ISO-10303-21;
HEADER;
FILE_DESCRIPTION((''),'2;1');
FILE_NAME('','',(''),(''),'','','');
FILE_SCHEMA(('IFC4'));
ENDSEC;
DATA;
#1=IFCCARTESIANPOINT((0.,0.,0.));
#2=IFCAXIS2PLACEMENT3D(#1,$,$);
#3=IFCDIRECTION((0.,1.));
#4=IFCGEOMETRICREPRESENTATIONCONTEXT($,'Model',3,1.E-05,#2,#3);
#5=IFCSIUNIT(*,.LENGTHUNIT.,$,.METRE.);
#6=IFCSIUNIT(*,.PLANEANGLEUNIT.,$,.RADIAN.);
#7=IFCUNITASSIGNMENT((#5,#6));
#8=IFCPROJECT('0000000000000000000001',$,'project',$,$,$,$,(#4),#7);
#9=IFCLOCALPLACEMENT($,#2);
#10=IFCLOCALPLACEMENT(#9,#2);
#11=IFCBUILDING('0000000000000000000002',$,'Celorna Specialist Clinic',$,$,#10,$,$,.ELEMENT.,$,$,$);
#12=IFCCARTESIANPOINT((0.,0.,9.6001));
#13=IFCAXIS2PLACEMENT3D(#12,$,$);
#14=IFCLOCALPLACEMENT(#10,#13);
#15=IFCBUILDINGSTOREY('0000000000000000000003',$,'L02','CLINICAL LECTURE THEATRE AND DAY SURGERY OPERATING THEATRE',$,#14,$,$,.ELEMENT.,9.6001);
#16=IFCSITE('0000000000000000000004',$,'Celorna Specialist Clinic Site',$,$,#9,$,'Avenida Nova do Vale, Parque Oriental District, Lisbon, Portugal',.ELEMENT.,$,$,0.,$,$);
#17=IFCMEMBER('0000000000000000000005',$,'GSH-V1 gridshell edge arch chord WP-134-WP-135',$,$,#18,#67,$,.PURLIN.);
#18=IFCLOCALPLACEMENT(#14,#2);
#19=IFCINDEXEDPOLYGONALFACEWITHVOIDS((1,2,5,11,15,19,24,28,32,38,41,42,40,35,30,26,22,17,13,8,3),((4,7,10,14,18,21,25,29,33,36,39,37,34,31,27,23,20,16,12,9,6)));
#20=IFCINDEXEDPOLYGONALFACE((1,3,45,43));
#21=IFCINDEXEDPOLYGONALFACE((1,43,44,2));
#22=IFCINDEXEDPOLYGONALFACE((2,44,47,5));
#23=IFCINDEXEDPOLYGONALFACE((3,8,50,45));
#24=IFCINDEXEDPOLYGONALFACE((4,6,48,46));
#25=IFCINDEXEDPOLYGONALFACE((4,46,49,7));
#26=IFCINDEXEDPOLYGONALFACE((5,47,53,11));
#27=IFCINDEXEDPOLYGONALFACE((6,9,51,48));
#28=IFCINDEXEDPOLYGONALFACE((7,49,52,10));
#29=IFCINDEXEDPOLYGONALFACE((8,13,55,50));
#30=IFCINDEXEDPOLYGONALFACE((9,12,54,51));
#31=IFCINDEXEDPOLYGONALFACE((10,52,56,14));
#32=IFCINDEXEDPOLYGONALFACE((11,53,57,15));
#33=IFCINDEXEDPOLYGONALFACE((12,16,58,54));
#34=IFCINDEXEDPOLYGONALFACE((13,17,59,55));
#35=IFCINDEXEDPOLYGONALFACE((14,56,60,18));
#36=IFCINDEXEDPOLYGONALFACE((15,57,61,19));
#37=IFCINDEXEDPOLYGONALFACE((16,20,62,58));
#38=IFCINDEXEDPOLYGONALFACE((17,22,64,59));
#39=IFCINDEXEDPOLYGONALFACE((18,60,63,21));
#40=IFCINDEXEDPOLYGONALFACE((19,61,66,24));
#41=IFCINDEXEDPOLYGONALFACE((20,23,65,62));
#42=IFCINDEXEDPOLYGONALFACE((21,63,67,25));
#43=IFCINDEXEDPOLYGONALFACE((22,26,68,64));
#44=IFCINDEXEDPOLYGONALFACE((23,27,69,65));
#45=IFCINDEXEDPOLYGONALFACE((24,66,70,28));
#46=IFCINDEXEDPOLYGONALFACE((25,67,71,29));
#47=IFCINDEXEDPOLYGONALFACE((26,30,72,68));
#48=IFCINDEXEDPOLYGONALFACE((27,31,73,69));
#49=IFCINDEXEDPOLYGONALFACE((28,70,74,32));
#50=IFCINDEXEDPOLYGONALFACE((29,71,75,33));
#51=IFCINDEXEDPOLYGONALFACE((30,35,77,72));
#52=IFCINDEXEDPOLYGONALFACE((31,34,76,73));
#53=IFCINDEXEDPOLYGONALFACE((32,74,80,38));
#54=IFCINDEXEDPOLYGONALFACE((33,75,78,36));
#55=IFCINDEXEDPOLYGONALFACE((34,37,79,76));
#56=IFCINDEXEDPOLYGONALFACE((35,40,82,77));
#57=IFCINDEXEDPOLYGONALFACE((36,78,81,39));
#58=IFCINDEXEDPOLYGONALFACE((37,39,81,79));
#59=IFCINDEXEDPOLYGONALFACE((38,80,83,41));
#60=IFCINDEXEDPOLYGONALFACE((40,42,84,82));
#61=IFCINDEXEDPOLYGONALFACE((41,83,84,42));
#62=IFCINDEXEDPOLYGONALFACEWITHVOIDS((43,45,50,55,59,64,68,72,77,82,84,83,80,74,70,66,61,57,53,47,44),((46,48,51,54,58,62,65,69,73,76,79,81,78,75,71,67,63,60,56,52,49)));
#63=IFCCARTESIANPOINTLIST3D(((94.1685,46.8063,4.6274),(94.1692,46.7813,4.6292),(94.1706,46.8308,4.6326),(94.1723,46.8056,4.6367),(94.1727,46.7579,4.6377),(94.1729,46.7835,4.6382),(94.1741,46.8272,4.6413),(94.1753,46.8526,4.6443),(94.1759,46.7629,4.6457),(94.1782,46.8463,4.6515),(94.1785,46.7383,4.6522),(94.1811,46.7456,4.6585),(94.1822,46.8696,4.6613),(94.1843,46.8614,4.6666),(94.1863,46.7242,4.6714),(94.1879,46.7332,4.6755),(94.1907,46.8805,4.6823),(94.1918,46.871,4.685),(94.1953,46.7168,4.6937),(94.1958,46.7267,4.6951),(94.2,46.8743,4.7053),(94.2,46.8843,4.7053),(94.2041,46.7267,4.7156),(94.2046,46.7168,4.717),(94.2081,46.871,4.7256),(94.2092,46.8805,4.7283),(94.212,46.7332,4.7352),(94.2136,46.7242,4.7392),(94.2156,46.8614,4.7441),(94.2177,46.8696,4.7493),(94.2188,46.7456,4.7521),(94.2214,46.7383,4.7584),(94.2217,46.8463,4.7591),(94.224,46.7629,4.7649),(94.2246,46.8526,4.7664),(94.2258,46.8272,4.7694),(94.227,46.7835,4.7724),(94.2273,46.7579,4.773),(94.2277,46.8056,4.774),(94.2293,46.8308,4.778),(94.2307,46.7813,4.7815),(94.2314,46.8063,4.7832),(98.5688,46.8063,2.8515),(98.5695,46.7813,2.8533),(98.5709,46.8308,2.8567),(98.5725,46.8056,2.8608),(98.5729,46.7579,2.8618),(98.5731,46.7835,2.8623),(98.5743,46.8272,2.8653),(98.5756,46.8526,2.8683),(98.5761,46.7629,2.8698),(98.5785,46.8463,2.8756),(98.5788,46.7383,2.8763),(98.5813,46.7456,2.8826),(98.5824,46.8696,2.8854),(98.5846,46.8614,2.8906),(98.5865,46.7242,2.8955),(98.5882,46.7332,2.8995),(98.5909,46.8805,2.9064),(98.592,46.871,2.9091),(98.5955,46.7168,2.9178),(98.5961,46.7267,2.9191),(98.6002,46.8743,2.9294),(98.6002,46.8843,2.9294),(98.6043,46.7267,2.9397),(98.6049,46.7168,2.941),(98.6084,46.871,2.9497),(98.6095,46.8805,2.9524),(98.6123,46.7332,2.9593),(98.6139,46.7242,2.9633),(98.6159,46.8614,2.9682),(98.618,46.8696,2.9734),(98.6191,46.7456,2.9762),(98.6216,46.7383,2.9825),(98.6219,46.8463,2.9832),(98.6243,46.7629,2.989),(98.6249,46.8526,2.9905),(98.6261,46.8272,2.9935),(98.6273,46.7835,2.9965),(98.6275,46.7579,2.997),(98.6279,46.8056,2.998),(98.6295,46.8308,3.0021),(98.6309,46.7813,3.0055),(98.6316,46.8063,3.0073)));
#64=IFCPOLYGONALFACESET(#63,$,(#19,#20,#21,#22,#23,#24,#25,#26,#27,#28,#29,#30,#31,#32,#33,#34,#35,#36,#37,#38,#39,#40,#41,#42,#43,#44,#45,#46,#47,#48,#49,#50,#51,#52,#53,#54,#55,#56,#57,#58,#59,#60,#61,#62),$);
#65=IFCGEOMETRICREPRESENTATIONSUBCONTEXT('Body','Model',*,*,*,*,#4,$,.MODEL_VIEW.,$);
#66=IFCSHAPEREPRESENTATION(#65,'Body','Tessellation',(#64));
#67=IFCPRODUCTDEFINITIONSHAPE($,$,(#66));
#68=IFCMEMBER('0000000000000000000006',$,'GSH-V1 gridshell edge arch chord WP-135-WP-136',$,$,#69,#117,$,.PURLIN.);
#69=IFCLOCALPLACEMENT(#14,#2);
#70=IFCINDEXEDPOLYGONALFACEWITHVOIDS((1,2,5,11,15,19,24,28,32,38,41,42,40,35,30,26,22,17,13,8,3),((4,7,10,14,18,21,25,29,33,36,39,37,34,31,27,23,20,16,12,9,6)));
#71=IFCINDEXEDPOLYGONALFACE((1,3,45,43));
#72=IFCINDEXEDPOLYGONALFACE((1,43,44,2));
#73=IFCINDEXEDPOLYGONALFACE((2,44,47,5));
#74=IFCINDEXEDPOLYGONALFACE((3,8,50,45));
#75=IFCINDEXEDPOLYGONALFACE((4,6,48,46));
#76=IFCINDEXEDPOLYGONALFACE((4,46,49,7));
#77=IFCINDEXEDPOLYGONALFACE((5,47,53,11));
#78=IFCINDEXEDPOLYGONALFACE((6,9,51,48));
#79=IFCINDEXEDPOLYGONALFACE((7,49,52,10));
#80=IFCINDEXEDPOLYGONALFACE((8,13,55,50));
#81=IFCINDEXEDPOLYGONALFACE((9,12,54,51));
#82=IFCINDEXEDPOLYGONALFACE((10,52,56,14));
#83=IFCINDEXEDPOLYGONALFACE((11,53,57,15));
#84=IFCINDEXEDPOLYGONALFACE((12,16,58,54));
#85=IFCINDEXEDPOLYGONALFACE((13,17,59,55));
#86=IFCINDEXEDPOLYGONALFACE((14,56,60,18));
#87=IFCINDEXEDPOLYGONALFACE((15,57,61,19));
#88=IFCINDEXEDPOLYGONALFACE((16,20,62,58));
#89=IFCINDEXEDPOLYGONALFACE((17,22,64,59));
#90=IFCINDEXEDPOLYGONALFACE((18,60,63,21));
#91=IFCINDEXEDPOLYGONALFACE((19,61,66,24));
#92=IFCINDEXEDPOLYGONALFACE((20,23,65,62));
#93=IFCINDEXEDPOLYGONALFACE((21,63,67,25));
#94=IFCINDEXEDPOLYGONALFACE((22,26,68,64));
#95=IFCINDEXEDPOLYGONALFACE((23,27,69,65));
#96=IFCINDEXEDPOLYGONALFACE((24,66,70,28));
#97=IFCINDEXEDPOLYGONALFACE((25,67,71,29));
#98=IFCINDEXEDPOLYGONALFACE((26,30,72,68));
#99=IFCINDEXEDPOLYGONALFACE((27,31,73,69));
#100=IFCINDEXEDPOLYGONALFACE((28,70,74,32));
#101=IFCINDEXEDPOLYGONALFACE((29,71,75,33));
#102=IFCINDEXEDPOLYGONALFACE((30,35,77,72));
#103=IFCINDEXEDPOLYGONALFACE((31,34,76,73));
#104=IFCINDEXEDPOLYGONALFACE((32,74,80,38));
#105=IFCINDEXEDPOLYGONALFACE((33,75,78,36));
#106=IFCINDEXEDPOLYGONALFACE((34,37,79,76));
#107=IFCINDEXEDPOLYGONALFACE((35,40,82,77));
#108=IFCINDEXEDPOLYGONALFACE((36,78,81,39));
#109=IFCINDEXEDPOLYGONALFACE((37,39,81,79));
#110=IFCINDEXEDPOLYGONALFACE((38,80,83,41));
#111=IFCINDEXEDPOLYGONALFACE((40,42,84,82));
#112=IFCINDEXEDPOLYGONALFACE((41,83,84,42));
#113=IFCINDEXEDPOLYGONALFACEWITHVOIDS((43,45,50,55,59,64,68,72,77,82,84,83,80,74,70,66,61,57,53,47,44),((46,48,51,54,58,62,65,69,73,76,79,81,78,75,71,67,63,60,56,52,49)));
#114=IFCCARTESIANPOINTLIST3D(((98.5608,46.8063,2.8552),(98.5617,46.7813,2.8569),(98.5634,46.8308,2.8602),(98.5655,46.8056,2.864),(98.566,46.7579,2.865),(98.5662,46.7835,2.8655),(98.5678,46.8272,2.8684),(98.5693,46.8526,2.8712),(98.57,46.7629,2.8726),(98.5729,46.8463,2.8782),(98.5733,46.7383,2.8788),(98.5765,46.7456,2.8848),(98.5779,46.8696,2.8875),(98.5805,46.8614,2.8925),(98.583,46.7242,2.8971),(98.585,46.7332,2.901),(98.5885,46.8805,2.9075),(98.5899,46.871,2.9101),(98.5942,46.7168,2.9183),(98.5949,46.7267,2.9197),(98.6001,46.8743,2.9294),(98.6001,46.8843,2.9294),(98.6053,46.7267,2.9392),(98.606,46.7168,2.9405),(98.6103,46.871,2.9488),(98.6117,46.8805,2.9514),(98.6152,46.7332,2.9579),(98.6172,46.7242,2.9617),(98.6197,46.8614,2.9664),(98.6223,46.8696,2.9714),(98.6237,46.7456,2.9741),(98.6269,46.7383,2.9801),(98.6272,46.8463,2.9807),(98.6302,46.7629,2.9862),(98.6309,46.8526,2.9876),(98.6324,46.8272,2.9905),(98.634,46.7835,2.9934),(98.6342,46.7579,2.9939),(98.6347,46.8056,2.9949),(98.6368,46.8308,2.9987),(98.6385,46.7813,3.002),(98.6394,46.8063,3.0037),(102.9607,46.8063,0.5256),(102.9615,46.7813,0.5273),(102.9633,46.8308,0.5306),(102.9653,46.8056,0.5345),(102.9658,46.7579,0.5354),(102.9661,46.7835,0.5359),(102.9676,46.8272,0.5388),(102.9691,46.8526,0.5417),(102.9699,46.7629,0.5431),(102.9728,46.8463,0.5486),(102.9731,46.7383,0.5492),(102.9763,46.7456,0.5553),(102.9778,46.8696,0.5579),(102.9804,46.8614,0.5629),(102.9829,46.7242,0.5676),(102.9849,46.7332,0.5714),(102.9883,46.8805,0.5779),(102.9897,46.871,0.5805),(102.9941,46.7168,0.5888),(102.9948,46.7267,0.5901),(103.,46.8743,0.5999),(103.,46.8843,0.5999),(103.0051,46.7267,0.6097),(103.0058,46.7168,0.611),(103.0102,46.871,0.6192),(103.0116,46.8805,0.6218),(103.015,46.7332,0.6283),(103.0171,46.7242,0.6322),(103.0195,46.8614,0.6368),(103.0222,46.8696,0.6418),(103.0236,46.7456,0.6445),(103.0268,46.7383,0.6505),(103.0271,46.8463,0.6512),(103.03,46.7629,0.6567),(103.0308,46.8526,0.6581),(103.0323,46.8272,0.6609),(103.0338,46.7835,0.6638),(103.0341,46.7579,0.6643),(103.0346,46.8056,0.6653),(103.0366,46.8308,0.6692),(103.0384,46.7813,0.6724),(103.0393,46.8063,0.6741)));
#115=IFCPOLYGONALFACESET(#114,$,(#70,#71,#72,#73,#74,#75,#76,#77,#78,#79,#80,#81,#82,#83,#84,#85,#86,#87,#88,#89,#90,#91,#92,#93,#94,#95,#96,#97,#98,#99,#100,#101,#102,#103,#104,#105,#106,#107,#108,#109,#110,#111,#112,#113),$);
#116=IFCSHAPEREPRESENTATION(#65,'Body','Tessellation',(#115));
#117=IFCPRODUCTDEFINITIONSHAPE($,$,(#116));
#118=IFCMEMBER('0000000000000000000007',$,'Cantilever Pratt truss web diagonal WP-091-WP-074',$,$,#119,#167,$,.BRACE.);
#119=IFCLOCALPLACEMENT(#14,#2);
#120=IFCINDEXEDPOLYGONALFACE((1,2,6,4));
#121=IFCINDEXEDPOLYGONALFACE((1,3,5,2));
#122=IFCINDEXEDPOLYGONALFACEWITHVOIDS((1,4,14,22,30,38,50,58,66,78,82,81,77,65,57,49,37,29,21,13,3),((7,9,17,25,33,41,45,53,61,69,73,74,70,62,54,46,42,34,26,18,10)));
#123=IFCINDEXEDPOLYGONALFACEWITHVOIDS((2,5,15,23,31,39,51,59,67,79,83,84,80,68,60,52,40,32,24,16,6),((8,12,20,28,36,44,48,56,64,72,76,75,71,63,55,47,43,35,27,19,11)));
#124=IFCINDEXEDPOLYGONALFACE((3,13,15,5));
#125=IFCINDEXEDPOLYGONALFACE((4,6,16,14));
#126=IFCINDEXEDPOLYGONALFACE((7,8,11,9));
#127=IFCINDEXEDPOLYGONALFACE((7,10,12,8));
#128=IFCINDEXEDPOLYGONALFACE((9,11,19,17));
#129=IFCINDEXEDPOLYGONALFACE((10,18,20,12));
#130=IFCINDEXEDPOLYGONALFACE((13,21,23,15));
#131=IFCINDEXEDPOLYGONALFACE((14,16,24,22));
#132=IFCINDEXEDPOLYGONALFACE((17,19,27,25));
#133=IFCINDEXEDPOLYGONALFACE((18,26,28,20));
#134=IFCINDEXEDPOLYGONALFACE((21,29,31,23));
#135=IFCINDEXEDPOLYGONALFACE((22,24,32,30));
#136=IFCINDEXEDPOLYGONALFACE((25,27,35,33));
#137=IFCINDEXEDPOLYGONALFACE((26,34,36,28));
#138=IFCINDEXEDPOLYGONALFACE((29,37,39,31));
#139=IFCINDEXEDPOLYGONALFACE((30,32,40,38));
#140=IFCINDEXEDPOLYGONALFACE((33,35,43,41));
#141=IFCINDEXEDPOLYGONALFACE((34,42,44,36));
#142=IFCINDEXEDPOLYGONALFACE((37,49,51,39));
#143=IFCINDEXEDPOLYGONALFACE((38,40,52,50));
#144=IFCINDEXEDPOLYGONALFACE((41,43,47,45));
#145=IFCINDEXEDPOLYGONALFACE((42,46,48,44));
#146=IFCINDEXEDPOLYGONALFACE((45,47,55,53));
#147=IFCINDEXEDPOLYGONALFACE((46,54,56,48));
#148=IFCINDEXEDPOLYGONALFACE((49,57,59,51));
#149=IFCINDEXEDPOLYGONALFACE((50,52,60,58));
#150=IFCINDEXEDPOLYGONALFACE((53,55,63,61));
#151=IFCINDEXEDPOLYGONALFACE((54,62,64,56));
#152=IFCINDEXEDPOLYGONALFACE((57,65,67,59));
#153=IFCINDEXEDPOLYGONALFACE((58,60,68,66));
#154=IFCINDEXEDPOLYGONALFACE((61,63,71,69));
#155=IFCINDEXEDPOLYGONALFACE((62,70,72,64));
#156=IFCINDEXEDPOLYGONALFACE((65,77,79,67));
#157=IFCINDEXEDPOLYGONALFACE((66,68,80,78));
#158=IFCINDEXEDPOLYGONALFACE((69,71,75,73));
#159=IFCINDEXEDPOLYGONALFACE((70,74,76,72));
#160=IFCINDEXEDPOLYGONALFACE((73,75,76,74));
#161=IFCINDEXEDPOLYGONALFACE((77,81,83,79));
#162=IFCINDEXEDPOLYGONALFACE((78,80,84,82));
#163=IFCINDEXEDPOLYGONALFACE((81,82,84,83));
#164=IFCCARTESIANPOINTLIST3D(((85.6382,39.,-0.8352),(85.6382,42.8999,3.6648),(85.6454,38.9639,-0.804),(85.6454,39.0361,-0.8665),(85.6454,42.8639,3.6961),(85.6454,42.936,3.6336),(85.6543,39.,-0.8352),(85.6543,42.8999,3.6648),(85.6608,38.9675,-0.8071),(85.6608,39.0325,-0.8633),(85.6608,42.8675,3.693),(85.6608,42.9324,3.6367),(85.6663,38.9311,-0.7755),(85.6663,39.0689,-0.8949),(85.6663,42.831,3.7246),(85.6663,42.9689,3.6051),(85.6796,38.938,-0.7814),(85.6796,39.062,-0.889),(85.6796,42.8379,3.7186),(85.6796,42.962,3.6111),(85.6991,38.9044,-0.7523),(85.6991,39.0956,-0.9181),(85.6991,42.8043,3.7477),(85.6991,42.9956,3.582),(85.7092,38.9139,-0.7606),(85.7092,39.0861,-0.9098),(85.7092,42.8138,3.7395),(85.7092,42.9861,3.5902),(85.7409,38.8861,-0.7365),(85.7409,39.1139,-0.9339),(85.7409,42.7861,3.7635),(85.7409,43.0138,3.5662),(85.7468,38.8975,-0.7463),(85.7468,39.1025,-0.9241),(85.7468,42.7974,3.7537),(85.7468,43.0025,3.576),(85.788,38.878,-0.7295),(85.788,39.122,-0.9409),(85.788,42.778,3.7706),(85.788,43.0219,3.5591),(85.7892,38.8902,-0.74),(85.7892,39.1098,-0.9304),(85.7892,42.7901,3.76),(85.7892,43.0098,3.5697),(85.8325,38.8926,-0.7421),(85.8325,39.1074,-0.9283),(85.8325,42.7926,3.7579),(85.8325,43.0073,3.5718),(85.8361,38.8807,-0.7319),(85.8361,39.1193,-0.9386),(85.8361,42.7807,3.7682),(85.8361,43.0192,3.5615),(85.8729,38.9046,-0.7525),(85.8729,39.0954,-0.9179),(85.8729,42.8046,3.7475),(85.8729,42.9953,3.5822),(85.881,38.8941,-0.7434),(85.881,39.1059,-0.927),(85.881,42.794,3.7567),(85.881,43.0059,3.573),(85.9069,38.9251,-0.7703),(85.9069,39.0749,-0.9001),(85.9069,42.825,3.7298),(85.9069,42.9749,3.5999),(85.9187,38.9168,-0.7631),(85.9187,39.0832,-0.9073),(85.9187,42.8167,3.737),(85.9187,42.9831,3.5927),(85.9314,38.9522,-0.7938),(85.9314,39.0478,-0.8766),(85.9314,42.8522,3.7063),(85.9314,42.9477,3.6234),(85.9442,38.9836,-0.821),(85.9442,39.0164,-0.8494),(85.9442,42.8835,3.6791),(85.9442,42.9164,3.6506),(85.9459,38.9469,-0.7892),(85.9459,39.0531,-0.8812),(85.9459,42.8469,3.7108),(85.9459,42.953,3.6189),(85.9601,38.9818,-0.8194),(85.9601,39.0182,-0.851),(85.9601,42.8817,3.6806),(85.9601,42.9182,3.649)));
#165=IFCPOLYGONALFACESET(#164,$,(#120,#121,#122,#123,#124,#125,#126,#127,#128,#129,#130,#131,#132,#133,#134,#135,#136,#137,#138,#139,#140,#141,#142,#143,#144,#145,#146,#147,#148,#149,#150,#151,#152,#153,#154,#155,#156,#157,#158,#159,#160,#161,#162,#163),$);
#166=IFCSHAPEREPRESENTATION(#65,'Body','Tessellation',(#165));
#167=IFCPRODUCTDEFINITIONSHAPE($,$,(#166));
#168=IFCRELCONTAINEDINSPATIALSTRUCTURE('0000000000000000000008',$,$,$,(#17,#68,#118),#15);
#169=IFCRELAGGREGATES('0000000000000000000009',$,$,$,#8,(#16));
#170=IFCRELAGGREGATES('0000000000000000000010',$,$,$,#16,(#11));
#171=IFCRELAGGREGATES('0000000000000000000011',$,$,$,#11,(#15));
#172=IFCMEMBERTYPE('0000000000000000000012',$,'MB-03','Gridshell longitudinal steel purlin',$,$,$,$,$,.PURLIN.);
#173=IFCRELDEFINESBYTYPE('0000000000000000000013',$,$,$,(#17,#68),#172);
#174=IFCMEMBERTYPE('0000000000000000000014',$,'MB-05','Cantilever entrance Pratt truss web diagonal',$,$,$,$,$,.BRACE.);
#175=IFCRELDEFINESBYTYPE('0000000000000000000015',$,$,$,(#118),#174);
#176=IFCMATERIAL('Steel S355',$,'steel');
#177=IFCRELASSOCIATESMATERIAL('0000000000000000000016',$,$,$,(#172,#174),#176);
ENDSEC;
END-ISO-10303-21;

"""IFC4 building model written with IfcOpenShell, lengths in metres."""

from ifc_helpers import new_model, si_unit, direction, frame, origin, origin_2d, place, context, subcontext, project, spatial, hollow_circle, extrude, material, material_profile, profile_set, type_object, element, save


model = new_model("IFC4")

# Units and contexts
model_context = context("Model", 3, precision=1e-05, world=origin(), true_north=direction((0.0, 1.0)))
body_context = subcontext(model_context, "Body", "Model", "MODEL_VIEW")
ifc_project = project(units=[si_unit("LENGTHUNIT", "METRE"), si_unit("PLANEANGLEUNIT", "RADIAN")], contexts=[model_context])

# Site, building, storey
site_placement = place(None, origin())
site = spatial("IfcSite", under=ifc_project, at=site_placement, Name="Celorna Specialist Clinic Site", LongName="Avenida Nova do Vale, Parque Oriental District, Lisbon, Portugal", CompositionType="ELEMENT", RefElevation=0.0)
building_placement = place(site_placement, origin())
building = spatial("IfcBuilding", under=site, at=building_placement, Name="Celorna Specialist Clinic", CompositionType="ELEMENT")
storey_placement = place(building_placement, frame((0.0, 0.0, 9.6001)))
storey = spatial("IfcBuildingStorey", under=building, at=storey_placement, Name="L02", Description="CLINICAL LECTURE THEATRE AND DAY SURGERY OPERATING THEATRE", CompositionType="ELEMENT", Elevation=9.6001)

# Shared definitions
ifc_material_1 = material(Name="Steel S355", Category="steel")

# Members
ifc_material_profile_1 = material_profile(ifc_material_1, hollow_circle(Radius=0.0842, WallThickness=0.01, at=origin_2d()), Name="CHS 168.3x10")
ifc_profile_set_1 = profile_set([ifc_material_profile_1], Name="Steel S355")
member_type_1 = type_object("IfcMemberType", Name="MB-03", Description="Gridshell longitudinal steel purlin", PredefinedType="PURLIN", material=ifc_profile_set_1)
member_1_placement = place(storey_placement, frame((94.2, 46.8, 4.7053), z_axis=(0.927323, 0.0, -0.374263), x_axis=(0.0, 1.0, 0.0)))
element("IfcMember", 1, at=member_1_placement, inside=storey, type_object=member_type_1, Name="GSH-V1 gridshell edge arch chord WP-134-WP-135", PredefinedType="PURLIN", context=body_context, shape_type="SweptSolid", body=[
    extrude(hollow_circle(Radius=0.0842, WallThickness=0.01, at=origin_2d()), origin(), (0.0, 0.0, 1.0), 4.7451),
])
member_2_placement = place(storey_placement, frame((98.6001, 46.8, 2.9294), z_axis=(0.883769, 0.0, -0.467924), x_axis=(0.0, 1.0, 0.0)))
element("IfcMember", 2, at=member_2_placement, inside=storey, type_object=member_type_1, Name="GSH-V1 gridshell edge arch chord WP-135-WP-136", PredefinedType="PURLIN", context=body_context, shape_type="SweptSolid", body=[
    extrude(hollow_circle(Radius=0.0842, WallThickness=0.01, at=origin_2d()), origin(), (0.0, 0.0, 1.0), 4.9785),
])
ifc_material_profile_2 = material_profile(ifc_material_1, hollow_circle(Radius=0.1619, WallThickness=0.0161, at=origin_2d()), Name="CHS 323.9x16")
ifc_profile_set_2 = profile_set([ifc_material_profile_2], Name="Steel S355")
member_type_2 = type_object("IfcMemberType", Name="MB-05", Description="Cantilever entrance Pratt truss web diagonal", PredefinedType="BRACE", material=ifc_profile_set_2)
member_3_placement = place(storey_placement, frame((85.8, 39.0, -0.8352), z_axis=(0.0, 0.654921, 0.755697), x_axis=(-1.0, 0.0, 0.0)))
element("IfcMember", 3, at=member_3_placement, inside=storey, type_object=member_type_2, Name="Cantilever Pratt truss web diagonal WP-091-WP-074", PredefinedType="BRACE", context=body_context, shape_type="SweptSolid", body=[
    extrude(hollow_circle(Radius=0.1619, WallThickness=0.0161, at=origin_2d()), origin(), (0.0, 0.0, 1.0), 5.9548),
])

save(model, "model.ifc")
